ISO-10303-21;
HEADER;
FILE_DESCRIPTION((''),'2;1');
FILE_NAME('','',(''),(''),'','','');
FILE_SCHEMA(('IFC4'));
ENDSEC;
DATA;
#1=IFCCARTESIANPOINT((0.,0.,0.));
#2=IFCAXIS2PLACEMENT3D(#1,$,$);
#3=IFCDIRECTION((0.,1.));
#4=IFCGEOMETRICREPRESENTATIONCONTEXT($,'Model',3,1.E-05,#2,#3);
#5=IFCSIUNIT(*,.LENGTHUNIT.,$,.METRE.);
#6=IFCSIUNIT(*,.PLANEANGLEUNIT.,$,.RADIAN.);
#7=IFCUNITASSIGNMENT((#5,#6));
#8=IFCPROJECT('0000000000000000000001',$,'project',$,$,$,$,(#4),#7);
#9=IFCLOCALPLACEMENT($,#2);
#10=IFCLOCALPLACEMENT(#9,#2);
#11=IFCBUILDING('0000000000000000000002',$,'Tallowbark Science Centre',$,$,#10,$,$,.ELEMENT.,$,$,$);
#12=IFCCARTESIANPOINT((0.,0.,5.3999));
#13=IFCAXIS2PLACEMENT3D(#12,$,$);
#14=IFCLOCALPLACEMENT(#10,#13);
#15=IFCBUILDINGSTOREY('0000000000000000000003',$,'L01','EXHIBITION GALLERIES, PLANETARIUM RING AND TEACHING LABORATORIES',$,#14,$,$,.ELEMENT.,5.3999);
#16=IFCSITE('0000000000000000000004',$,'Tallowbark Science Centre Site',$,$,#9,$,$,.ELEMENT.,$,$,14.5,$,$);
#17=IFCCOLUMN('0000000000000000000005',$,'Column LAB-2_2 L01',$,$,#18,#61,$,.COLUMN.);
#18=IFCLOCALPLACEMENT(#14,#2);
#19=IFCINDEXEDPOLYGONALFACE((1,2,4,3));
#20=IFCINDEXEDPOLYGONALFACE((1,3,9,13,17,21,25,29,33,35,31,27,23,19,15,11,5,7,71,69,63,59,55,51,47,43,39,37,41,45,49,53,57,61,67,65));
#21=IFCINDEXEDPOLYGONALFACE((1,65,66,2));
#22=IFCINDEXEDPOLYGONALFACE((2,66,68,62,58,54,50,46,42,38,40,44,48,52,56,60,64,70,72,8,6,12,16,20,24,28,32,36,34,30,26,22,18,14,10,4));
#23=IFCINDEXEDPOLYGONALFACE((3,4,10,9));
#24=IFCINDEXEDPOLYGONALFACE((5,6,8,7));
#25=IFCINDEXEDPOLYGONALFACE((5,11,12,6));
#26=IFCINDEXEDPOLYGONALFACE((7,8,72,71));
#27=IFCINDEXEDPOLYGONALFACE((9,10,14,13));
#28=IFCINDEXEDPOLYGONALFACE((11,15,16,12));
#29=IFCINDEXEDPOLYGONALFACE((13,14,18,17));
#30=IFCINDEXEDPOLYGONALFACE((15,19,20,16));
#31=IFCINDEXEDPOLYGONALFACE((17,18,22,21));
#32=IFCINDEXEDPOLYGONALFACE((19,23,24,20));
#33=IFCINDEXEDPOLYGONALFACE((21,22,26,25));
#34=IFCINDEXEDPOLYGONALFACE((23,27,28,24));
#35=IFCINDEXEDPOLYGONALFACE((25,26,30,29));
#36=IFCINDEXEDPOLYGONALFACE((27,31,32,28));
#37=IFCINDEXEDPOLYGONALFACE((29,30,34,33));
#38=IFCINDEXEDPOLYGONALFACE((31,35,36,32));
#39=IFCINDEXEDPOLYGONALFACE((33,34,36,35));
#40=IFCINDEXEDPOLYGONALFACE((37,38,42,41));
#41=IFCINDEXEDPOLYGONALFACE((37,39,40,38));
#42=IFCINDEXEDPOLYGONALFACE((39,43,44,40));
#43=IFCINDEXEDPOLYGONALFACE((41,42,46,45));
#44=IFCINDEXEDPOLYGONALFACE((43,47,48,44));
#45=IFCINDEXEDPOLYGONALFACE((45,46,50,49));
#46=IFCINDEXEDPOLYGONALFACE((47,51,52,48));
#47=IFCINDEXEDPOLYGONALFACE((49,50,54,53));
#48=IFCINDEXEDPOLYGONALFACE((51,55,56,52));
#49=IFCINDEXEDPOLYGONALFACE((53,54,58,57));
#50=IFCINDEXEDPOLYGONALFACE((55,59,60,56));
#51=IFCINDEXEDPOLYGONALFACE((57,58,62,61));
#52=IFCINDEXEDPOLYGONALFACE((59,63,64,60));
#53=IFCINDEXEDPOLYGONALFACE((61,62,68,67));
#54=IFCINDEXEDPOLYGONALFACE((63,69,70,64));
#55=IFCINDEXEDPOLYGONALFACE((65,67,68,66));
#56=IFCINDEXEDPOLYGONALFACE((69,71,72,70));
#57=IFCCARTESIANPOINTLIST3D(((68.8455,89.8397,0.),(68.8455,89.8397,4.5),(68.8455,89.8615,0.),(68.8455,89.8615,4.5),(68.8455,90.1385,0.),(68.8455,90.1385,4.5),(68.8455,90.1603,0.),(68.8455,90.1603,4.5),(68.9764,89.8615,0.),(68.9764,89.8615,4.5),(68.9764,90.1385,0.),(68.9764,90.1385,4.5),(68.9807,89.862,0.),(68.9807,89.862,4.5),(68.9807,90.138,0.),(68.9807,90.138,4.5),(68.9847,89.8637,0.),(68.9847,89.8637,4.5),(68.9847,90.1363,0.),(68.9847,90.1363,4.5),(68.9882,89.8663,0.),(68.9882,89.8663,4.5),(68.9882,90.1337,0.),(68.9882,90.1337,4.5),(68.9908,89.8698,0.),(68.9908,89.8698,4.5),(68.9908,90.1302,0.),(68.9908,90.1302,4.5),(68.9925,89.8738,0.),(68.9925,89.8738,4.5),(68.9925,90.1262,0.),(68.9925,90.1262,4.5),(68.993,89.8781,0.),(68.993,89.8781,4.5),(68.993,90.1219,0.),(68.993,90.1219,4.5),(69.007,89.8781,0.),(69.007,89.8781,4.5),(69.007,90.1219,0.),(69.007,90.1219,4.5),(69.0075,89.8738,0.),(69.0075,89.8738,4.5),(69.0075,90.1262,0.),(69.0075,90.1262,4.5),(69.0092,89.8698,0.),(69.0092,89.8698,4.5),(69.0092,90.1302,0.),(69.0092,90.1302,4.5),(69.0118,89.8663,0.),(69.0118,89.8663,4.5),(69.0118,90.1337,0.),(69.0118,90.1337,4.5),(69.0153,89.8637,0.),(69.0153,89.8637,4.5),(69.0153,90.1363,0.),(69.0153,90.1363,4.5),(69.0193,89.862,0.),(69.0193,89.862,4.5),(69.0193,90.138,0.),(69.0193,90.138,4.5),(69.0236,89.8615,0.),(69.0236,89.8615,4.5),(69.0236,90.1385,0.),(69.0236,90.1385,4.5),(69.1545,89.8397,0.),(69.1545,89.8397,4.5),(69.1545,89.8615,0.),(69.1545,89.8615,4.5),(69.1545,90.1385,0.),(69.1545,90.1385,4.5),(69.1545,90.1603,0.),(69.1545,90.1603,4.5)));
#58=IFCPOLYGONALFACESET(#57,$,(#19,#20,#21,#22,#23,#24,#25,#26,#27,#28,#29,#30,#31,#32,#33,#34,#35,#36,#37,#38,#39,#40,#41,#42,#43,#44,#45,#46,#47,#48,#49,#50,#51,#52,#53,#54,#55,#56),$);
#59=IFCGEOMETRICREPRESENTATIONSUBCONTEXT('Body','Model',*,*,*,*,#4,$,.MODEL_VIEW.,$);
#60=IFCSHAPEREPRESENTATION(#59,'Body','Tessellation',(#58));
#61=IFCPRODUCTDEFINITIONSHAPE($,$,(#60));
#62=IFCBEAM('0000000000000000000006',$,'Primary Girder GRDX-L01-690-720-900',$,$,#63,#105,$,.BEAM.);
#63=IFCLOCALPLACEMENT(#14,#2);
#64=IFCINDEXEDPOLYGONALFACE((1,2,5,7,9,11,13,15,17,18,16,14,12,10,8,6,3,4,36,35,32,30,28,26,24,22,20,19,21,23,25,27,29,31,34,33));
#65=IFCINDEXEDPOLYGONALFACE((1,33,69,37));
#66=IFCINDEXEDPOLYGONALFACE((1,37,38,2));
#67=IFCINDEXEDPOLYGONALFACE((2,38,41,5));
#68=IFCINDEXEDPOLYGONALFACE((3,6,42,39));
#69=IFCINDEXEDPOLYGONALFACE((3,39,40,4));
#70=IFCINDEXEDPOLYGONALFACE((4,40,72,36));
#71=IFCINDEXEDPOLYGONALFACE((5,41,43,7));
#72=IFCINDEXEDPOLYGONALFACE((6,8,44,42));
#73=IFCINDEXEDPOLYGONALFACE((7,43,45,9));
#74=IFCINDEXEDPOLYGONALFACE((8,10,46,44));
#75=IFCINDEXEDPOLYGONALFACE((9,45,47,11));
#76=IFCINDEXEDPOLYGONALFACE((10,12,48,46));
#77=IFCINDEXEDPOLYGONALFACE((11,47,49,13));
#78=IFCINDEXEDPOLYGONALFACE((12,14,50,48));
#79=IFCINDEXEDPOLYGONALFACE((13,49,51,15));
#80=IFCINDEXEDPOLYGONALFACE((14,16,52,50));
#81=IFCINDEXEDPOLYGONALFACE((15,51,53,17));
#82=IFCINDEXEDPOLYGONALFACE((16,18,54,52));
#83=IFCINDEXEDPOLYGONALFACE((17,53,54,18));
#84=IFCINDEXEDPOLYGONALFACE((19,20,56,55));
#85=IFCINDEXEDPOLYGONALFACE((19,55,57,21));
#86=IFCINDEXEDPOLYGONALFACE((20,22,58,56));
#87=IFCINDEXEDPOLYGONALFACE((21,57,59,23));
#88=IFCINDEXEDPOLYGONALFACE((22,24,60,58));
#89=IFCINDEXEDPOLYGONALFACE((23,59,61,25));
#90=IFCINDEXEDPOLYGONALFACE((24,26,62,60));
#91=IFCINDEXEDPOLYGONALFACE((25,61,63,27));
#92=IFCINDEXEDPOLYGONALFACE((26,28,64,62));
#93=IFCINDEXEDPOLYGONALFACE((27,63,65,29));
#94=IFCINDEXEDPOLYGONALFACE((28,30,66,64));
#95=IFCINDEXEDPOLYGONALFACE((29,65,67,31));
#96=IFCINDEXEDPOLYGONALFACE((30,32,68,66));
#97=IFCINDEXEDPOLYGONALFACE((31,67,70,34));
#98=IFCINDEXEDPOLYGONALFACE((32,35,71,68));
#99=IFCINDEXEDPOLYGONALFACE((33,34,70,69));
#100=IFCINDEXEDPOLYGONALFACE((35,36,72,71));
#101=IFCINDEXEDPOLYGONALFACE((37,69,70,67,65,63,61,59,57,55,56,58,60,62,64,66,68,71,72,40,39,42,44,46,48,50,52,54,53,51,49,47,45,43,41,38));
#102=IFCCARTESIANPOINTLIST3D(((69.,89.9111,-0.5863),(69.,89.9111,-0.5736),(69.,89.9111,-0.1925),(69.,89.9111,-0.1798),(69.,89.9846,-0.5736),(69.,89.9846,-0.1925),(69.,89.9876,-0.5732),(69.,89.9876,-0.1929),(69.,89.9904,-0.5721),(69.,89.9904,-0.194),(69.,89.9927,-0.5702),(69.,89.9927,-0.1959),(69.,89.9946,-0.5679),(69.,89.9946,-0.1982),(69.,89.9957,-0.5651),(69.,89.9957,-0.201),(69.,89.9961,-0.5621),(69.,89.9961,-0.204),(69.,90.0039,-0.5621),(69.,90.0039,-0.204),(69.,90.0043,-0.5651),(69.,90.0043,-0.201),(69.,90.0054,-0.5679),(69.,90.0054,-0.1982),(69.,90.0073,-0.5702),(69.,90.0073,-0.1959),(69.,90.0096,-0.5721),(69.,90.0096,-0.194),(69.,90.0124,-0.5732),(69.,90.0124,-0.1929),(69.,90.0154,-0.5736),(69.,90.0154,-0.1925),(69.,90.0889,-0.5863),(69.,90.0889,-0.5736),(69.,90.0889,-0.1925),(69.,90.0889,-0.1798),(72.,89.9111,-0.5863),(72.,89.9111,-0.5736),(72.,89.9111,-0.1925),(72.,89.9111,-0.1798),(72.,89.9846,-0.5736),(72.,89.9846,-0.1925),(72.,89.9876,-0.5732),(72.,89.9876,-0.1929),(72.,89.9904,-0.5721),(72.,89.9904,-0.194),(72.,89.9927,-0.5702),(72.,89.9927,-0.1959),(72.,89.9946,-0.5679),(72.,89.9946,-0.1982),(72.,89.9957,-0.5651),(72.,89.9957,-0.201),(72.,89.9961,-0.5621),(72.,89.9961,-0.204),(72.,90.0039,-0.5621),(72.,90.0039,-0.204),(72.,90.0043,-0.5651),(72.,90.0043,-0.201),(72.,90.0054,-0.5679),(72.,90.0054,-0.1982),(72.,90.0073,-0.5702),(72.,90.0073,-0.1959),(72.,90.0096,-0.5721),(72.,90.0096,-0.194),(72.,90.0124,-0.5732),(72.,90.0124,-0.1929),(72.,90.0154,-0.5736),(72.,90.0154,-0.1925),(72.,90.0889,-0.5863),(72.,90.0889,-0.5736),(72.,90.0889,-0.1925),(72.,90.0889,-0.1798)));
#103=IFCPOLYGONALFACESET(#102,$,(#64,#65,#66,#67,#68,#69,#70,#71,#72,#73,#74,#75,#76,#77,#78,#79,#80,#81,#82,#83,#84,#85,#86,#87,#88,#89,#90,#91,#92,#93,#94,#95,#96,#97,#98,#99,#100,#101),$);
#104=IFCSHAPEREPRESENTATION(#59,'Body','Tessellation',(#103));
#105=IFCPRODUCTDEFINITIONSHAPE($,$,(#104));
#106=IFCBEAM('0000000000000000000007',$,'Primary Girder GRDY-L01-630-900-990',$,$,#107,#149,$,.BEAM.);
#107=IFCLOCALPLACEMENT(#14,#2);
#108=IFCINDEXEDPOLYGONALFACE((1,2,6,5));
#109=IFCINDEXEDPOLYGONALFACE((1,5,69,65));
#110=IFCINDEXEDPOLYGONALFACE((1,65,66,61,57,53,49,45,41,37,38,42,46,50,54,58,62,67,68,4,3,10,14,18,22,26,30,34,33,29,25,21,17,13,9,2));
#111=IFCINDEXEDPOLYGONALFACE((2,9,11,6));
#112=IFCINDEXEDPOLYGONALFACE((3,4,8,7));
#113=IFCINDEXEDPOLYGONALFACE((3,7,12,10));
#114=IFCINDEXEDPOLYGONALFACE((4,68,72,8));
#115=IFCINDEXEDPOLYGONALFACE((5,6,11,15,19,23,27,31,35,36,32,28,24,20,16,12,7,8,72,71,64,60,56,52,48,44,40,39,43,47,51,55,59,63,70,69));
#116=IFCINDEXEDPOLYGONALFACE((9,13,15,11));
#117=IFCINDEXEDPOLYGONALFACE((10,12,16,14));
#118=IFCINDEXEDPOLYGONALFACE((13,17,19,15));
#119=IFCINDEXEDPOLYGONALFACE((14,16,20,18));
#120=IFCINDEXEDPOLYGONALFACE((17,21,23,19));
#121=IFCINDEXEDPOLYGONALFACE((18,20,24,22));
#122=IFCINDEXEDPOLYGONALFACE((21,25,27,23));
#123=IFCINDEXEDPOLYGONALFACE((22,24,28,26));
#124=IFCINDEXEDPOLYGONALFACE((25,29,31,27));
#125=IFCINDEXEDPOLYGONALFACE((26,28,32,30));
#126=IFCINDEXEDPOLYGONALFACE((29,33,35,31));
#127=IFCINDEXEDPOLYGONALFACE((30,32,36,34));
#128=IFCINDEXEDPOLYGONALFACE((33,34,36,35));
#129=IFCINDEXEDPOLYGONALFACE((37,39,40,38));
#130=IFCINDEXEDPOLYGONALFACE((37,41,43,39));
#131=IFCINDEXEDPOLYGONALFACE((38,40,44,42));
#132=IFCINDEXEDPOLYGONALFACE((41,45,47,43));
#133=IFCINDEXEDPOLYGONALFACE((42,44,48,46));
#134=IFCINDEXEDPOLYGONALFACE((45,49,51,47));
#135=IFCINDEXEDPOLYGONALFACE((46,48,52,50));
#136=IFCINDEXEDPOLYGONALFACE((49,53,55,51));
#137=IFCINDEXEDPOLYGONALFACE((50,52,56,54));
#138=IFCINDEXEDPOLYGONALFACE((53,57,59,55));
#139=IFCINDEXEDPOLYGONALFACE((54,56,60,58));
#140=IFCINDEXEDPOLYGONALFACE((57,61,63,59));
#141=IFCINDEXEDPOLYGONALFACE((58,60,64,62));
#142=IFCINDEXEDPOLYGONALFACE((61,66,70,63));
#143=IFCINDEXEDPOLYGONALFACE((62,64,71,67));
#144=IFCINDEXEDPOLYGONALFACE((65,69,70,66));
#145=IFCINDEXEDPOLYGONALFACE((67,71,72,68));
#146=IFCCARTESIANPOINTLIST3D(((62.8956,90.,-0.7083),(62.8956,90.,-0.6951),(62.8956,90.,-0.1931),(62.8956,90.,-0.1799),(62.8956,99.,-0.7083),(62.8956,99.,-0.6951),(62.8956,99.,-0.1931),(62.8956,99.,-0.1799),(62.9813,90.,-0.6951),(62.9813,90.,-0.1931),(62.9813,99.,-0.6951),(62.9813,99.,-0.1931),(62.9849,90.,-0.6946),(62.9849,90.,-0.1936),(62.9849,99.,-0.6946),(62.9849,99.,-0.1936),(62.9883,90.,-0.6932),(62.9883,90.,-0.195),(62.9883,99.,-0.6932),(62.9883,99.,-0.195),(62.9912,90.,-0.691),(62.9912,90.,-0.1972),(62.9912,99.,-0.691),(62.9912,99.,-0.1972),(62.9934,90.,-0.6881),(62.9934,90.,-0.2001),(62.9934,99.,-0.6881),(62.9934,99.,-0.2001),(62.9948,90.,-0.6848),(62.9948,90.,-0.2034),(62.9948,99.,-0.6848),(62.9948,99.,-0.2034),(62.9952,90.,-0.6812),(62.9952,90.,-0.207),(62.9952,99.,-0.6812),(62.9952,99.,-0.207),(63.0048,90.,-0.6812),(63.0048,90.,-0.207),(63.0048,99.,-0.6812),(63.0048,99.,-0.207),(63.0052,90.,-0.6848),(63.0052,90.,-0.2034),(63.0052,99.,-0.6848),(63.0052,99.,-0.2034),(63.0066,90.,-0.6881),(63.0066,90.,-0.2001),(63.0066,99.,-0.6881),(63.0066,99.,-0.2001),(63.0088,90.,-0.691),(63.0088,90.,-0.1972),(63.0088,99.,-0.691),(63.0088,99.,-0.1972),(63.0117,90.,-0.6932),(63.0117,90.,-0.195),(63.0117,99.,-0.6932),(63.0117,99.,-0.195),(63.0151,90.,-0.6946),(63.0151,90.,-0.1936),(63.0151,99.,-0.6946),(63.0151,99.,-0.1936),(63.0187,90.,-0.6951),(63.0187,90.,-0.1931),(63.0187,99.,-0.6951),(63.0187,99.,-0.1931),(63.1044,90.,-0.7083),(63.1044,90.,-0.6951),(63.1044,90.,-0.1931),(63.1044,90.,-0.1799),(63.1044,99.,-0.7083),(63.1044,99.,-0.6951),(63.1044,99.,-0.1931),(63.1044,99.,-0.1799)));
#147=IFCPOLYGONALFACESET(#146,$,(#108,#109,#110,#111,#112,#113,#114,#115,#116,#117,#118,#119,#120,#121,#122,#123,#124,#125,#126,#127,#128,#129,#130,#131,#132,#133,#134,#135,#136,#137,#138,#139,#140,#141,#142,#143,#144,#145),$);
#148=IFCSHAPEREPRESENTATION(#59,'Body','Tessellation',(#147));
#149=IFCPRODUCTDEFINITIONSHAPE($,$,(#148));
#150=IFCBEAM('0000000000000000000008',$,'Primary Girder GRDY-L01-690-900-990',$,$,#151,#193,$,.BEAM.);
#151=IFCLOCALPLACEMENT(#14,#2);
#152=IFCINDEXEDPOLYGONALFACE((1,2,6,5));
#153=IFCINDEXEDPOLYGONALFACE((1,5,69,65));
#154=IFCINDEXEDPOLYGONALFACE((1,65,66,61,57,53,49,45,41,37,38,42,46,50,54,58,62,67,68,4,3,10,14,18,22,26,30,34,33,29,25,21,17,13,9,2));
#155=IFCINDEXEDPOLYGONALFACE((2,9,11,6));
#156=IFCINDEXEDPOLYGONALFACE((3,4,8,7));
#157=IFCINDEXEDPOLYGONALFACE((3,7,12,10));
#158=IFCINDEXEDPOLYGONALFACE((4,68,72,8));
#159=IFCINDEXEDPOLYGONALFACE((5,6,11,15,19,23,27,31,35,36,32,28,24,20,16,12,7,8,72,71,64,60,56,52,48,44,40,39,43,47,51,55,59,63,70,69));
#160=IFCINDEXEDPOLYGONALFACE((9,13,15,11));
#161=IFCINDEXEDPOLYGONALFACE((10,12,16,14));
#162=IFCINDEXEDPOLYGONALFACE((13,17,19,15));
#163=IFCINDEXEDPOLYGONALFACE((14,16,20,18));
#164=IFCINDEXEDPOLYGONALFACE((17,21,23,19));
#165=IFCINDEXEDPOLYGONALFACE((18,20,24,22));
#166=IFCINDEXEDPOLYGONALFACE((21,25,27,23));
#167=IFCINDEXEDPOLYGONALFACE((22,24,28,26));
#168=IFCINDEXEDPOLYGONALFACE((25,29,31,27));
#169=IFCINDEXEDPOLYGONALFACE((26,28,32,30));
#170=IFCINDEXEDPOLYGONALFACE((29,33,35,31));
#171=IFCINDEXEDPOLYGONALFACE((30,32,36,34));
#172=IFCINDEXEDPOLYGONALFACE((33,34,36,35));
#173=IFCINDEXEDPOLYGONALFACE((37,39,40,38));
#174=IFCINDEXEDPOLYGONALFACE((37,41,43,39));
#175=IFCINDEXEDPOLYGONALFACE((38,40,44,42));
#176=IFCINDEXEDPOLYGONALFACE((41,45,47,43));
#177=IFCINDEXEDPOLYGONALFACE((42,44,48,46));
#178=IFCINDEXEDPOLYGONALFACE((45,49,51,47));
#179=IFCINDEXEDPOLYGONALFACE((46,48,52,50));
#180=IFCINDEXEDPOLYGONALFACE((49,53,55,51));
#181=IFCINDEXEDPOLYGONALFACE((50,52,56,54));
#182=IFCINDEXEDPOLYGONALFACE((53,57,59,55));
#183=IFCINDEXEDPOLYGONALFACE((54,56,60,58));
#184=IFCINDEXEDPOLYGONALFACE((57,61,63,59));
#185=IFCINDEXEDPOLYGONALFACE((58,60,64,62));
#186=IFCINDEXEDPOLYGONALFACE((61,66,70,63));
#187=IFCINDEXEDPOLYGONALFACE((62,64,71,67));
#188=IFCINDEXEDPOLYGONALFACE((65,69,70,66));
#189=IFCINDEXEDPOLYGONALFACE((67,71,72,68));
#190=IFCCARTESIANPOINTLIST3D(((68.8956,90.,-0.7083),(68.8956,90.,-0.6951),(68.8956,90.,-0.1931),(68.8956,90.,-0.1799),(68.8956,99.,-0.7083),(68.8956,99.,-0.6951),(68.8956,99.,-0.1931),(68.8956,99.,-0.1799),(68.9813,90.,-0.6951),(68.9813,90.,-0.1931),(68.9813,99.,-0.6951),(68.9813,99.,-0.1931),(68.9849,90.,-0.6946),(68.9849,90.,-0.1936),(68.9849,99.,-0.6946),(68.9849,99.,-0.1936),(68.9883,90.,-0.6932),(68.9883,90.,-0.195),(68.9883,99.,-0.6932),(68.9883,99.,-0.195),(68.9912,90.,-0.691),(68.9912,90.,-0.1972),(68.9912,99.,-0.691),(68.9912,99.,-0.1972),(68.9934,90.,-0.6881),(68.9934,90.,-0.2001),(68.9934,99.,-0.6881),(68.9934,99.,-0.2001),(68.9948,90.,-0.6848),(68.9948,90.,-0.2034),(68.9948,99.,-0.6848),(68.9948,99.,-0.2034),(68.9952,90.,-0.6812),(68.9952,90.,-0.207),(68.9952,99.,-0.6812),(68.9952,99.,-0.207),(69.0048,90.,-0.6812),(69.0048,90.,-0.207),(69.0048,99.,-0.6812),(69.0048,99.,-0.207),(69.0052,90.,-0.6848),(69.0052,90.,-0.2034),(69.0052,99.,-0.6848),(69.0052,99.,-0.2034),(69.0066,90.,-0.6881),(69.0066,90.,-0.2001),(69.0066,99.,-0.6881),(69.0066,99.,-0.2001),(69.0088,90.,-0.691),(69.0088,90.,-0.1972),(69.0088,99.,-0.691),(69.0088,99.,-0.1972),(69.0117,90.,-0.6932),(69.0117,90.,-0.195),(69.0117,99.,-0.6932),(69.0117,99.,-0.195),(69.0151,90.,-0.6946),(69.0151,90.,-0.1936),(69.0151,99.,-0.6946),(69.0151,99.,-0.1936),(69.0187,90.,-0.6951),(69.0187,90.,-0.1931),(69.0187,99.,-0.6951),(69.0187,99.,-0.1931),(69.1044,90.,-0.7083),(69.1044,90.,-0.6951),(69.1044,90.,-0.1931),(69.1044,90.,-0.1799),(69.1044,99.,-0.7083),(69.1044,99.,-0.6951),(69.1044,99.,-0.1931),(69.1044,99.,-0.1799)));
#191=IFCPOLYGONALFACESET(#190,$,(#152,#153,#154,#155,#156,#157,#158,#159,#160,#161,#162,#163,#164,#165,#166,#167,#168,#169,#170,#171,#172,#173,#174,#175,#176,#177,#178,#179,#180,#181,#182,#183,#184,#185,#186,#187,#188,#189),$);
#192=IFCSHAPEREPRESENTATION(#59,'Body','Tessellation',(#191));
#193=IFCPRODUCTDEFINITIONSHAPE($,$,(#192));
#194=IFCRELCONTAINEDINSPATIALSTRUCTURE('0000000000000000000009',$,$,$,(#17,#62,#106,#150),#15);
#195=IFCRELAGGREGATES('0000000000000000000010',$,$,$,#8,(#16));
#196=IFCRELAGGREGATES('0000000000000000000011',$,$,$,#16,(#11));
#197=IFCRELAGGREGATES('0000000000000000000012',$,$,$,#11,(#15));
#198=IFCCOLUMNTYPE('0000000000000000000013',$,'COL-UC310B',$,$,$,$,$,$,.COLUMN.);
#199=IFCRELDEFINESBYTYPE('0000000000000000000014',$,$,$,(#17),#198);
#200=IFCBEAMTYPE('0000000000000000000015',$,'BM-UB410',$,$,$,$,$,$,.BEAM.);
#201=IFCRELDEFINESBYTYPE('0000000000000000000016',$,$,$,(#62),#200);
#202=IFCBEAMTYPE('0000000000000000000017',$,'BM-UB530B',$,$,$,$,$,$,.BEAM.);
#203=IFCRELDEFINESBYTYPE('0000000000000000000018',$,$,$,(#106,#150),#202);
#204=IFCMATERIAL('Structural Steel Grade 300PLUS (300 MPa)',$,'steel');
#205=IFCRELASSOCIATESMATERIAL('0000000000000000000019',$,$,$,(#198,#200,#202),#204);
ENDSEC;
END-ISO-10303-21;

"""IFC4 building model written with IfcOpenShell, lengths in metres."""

from ifc_helpers import new_model, si_unit, direction, frame, origin, origin_2d, place, context, subcontext, project, spatial, i_section, extrude, material, material_profile, profile_set, type_object, element, save


model = new_model("IFC4")

# Units and contexts
model_context = context("Model", 3, precision=1e-05, world=origin(), true_north=direction((0.0, 1.0)))
body_context = subcontext(model_context, "Body", "Model", "MODEL_VIEW")
ifc_project = project(units=[si_unit("LENGTHUNIT", "METRE"), si_unit("PLANEANGLEUNIT", "RADIAN")], contexts=[model_context])

# Site, building, storey
site_placement = place(None, origin())
site = spatial("IfcSite", under=ifc_project, at=site_placement, Name="Tallowbark Science Centre Site", CompositionType="ELEMENT", RefElevation=14.5)
building_placement = place(site_placement, origin())
building = spatial("IfcBuilding", under=site, at=building_placement, Name="Tallowbark Science Centre", CompositionType="ELEMENT")
storey_placement = place(building_placement, frame((0.0, 0.0, 5.3999)))
storey = spatial("IfcBuildingStorey", under=building, at=storey_placement, Name="L01", Description="EXHIBITION GALLERIES, PLANETARIUM RING AND TEACHING LABORATORIES", CompositionType="ELEMENT", Elevation=5.3999)

# Column
ifc_material_1 = material(Name="Structural Steel Grade 300PLUS (300 MPa)", Category="steel")
ifc_material_profile_1 = material_profile(ifc_material_1, i_section(OverallWidth=0.3091, OverallDepth=0.3206, WebThickness=0.0139, FlangeThickness=0.0217, FilletRadius=0.0166, at=origin_2d()), Name="310UC137")
ifc_profile_set_1 = profile_set([ifc_material_profile_1], Name="Structural Steel Grade 300PLUS (300 MPa)")
column_type = type_object("IfcColumnType", Name="COL-UC310B", PredefinedType="COLUMN", material=ifc_profile_set_1)
column_placement = place(storey_placement, frame((69.0, 90.0, 0.0), z_axis=(0.0, 0.0, 1.0), x_axis=(1.0, 0.0, 0.0)))
element("IfcColumn", 1, at=column_placement, inside=storey, type_object=column_type, Name="Column LAB-2_2 L01", PredefinedType="COLUMN", context=body_context, shape_type="SweptSolid", body=[
    extrude(i_section(OverallWidth=0.3091, OverallDepth=0.3206, WebThickness=0.0139, FlangeThickness=0.0217, FilletRadius=0.0166, at=origin_2d()), origin(), (0.0, 0.0, 1.0), 4.5),
])

# Beams
ifc_material_profile_2 = material_profile(ifc_material_1, i_section(OverallWidth=0.1777, OverallDepth=0.4065, WebThickness=0.0078, FlangeThickness=0.0127, FilletRadius=0.0115, at=origin_2d()), Name="410UB59.7")
ifc_profile_set_2 = profile_set([ifc_material_profile_2], Name="Structural Steel Grade 300PLUS (300 MPa)")
beam_type_1 = type_object("IfcBeamType", Name="BM-UB410", PredefinedType="BEAM", material=ifc_profile_set_2)
beam_placement = place(storey_placement, frame((69.0, 90.0, -0.3831), z_axis=(1.0, 0.0, 0.0), x_axis=(0.0, 1.0, 0.0)))
element("IfcBeam", 2, at=beam_placement, inside=storey, type_object=beam_type_1, Name="Primary Girder GRDX-L01-690-720-900", PredefinedType="BEAM", context=body_context, shape_type="SweptSolid", body=[
    extrude(i_section(OverallWidth=0.1777, OverallDepth=0.4065, WebThickness=0.0078, FlangeThickness=0.0127, FilletRadius=0.0115, at=origin_2d()), origin(), (0.0, 0.0, 1.0), 3.0),
])
ifc_material_profile_3 = material_profile(ifc_material_1, i_section(OverallWidth=0.2087, OverallDepth=0.5283, WebThickness=0.0095, FlangeThickness=0.0132, FilletRadius=0.0139, at=origin_2d()), Name="530UB82.0")
ifc_profile_set_3 = profile_set([ifc_material_profile_3], Name="Structural Steel Grade 300PLUS (300 MPa)")
beam_type_2 = type_object("IfcBeamType", Name="BM-UB530B", PredefinedType="BEAM", material=ifc_profile_set_3)
for number, where, z_axis, x_axis, name in (
    (3, (63.0, 90.0, -0.4441), (0.0, 1.0, 0.0), (-1.0, 0.0, 0.0), "Primary Girder GRDY-L01-630-900-990"),
    (4, (69.0, 90.0, -0.4441), (0.0, 1.0, 0.0), (-1.0, 0.0, 0.0), "Primary Girder GRDY-L01-690-900-990"),
):
    element("IfcBeam", number, at=place(storey_placement, frame(where, z_axis=z_axis, x_axis=x_axis)), inside=storey, type_object=beam_type_2, Name=name, PredefinedType="BEAM", context=body_context, shape_type="SweptSolid", body=[
        extrude(i_section(OverallWidth=0.2087, OverallDepth=0.5283, WebThickness=0.0095, FlangeThickness=0.0132, FilletRadius=0.0139, at=origin_2d()), origin(), (0.0, 0.0, 1.0), 9.0),
    ])

save(model, "model.ifc")
